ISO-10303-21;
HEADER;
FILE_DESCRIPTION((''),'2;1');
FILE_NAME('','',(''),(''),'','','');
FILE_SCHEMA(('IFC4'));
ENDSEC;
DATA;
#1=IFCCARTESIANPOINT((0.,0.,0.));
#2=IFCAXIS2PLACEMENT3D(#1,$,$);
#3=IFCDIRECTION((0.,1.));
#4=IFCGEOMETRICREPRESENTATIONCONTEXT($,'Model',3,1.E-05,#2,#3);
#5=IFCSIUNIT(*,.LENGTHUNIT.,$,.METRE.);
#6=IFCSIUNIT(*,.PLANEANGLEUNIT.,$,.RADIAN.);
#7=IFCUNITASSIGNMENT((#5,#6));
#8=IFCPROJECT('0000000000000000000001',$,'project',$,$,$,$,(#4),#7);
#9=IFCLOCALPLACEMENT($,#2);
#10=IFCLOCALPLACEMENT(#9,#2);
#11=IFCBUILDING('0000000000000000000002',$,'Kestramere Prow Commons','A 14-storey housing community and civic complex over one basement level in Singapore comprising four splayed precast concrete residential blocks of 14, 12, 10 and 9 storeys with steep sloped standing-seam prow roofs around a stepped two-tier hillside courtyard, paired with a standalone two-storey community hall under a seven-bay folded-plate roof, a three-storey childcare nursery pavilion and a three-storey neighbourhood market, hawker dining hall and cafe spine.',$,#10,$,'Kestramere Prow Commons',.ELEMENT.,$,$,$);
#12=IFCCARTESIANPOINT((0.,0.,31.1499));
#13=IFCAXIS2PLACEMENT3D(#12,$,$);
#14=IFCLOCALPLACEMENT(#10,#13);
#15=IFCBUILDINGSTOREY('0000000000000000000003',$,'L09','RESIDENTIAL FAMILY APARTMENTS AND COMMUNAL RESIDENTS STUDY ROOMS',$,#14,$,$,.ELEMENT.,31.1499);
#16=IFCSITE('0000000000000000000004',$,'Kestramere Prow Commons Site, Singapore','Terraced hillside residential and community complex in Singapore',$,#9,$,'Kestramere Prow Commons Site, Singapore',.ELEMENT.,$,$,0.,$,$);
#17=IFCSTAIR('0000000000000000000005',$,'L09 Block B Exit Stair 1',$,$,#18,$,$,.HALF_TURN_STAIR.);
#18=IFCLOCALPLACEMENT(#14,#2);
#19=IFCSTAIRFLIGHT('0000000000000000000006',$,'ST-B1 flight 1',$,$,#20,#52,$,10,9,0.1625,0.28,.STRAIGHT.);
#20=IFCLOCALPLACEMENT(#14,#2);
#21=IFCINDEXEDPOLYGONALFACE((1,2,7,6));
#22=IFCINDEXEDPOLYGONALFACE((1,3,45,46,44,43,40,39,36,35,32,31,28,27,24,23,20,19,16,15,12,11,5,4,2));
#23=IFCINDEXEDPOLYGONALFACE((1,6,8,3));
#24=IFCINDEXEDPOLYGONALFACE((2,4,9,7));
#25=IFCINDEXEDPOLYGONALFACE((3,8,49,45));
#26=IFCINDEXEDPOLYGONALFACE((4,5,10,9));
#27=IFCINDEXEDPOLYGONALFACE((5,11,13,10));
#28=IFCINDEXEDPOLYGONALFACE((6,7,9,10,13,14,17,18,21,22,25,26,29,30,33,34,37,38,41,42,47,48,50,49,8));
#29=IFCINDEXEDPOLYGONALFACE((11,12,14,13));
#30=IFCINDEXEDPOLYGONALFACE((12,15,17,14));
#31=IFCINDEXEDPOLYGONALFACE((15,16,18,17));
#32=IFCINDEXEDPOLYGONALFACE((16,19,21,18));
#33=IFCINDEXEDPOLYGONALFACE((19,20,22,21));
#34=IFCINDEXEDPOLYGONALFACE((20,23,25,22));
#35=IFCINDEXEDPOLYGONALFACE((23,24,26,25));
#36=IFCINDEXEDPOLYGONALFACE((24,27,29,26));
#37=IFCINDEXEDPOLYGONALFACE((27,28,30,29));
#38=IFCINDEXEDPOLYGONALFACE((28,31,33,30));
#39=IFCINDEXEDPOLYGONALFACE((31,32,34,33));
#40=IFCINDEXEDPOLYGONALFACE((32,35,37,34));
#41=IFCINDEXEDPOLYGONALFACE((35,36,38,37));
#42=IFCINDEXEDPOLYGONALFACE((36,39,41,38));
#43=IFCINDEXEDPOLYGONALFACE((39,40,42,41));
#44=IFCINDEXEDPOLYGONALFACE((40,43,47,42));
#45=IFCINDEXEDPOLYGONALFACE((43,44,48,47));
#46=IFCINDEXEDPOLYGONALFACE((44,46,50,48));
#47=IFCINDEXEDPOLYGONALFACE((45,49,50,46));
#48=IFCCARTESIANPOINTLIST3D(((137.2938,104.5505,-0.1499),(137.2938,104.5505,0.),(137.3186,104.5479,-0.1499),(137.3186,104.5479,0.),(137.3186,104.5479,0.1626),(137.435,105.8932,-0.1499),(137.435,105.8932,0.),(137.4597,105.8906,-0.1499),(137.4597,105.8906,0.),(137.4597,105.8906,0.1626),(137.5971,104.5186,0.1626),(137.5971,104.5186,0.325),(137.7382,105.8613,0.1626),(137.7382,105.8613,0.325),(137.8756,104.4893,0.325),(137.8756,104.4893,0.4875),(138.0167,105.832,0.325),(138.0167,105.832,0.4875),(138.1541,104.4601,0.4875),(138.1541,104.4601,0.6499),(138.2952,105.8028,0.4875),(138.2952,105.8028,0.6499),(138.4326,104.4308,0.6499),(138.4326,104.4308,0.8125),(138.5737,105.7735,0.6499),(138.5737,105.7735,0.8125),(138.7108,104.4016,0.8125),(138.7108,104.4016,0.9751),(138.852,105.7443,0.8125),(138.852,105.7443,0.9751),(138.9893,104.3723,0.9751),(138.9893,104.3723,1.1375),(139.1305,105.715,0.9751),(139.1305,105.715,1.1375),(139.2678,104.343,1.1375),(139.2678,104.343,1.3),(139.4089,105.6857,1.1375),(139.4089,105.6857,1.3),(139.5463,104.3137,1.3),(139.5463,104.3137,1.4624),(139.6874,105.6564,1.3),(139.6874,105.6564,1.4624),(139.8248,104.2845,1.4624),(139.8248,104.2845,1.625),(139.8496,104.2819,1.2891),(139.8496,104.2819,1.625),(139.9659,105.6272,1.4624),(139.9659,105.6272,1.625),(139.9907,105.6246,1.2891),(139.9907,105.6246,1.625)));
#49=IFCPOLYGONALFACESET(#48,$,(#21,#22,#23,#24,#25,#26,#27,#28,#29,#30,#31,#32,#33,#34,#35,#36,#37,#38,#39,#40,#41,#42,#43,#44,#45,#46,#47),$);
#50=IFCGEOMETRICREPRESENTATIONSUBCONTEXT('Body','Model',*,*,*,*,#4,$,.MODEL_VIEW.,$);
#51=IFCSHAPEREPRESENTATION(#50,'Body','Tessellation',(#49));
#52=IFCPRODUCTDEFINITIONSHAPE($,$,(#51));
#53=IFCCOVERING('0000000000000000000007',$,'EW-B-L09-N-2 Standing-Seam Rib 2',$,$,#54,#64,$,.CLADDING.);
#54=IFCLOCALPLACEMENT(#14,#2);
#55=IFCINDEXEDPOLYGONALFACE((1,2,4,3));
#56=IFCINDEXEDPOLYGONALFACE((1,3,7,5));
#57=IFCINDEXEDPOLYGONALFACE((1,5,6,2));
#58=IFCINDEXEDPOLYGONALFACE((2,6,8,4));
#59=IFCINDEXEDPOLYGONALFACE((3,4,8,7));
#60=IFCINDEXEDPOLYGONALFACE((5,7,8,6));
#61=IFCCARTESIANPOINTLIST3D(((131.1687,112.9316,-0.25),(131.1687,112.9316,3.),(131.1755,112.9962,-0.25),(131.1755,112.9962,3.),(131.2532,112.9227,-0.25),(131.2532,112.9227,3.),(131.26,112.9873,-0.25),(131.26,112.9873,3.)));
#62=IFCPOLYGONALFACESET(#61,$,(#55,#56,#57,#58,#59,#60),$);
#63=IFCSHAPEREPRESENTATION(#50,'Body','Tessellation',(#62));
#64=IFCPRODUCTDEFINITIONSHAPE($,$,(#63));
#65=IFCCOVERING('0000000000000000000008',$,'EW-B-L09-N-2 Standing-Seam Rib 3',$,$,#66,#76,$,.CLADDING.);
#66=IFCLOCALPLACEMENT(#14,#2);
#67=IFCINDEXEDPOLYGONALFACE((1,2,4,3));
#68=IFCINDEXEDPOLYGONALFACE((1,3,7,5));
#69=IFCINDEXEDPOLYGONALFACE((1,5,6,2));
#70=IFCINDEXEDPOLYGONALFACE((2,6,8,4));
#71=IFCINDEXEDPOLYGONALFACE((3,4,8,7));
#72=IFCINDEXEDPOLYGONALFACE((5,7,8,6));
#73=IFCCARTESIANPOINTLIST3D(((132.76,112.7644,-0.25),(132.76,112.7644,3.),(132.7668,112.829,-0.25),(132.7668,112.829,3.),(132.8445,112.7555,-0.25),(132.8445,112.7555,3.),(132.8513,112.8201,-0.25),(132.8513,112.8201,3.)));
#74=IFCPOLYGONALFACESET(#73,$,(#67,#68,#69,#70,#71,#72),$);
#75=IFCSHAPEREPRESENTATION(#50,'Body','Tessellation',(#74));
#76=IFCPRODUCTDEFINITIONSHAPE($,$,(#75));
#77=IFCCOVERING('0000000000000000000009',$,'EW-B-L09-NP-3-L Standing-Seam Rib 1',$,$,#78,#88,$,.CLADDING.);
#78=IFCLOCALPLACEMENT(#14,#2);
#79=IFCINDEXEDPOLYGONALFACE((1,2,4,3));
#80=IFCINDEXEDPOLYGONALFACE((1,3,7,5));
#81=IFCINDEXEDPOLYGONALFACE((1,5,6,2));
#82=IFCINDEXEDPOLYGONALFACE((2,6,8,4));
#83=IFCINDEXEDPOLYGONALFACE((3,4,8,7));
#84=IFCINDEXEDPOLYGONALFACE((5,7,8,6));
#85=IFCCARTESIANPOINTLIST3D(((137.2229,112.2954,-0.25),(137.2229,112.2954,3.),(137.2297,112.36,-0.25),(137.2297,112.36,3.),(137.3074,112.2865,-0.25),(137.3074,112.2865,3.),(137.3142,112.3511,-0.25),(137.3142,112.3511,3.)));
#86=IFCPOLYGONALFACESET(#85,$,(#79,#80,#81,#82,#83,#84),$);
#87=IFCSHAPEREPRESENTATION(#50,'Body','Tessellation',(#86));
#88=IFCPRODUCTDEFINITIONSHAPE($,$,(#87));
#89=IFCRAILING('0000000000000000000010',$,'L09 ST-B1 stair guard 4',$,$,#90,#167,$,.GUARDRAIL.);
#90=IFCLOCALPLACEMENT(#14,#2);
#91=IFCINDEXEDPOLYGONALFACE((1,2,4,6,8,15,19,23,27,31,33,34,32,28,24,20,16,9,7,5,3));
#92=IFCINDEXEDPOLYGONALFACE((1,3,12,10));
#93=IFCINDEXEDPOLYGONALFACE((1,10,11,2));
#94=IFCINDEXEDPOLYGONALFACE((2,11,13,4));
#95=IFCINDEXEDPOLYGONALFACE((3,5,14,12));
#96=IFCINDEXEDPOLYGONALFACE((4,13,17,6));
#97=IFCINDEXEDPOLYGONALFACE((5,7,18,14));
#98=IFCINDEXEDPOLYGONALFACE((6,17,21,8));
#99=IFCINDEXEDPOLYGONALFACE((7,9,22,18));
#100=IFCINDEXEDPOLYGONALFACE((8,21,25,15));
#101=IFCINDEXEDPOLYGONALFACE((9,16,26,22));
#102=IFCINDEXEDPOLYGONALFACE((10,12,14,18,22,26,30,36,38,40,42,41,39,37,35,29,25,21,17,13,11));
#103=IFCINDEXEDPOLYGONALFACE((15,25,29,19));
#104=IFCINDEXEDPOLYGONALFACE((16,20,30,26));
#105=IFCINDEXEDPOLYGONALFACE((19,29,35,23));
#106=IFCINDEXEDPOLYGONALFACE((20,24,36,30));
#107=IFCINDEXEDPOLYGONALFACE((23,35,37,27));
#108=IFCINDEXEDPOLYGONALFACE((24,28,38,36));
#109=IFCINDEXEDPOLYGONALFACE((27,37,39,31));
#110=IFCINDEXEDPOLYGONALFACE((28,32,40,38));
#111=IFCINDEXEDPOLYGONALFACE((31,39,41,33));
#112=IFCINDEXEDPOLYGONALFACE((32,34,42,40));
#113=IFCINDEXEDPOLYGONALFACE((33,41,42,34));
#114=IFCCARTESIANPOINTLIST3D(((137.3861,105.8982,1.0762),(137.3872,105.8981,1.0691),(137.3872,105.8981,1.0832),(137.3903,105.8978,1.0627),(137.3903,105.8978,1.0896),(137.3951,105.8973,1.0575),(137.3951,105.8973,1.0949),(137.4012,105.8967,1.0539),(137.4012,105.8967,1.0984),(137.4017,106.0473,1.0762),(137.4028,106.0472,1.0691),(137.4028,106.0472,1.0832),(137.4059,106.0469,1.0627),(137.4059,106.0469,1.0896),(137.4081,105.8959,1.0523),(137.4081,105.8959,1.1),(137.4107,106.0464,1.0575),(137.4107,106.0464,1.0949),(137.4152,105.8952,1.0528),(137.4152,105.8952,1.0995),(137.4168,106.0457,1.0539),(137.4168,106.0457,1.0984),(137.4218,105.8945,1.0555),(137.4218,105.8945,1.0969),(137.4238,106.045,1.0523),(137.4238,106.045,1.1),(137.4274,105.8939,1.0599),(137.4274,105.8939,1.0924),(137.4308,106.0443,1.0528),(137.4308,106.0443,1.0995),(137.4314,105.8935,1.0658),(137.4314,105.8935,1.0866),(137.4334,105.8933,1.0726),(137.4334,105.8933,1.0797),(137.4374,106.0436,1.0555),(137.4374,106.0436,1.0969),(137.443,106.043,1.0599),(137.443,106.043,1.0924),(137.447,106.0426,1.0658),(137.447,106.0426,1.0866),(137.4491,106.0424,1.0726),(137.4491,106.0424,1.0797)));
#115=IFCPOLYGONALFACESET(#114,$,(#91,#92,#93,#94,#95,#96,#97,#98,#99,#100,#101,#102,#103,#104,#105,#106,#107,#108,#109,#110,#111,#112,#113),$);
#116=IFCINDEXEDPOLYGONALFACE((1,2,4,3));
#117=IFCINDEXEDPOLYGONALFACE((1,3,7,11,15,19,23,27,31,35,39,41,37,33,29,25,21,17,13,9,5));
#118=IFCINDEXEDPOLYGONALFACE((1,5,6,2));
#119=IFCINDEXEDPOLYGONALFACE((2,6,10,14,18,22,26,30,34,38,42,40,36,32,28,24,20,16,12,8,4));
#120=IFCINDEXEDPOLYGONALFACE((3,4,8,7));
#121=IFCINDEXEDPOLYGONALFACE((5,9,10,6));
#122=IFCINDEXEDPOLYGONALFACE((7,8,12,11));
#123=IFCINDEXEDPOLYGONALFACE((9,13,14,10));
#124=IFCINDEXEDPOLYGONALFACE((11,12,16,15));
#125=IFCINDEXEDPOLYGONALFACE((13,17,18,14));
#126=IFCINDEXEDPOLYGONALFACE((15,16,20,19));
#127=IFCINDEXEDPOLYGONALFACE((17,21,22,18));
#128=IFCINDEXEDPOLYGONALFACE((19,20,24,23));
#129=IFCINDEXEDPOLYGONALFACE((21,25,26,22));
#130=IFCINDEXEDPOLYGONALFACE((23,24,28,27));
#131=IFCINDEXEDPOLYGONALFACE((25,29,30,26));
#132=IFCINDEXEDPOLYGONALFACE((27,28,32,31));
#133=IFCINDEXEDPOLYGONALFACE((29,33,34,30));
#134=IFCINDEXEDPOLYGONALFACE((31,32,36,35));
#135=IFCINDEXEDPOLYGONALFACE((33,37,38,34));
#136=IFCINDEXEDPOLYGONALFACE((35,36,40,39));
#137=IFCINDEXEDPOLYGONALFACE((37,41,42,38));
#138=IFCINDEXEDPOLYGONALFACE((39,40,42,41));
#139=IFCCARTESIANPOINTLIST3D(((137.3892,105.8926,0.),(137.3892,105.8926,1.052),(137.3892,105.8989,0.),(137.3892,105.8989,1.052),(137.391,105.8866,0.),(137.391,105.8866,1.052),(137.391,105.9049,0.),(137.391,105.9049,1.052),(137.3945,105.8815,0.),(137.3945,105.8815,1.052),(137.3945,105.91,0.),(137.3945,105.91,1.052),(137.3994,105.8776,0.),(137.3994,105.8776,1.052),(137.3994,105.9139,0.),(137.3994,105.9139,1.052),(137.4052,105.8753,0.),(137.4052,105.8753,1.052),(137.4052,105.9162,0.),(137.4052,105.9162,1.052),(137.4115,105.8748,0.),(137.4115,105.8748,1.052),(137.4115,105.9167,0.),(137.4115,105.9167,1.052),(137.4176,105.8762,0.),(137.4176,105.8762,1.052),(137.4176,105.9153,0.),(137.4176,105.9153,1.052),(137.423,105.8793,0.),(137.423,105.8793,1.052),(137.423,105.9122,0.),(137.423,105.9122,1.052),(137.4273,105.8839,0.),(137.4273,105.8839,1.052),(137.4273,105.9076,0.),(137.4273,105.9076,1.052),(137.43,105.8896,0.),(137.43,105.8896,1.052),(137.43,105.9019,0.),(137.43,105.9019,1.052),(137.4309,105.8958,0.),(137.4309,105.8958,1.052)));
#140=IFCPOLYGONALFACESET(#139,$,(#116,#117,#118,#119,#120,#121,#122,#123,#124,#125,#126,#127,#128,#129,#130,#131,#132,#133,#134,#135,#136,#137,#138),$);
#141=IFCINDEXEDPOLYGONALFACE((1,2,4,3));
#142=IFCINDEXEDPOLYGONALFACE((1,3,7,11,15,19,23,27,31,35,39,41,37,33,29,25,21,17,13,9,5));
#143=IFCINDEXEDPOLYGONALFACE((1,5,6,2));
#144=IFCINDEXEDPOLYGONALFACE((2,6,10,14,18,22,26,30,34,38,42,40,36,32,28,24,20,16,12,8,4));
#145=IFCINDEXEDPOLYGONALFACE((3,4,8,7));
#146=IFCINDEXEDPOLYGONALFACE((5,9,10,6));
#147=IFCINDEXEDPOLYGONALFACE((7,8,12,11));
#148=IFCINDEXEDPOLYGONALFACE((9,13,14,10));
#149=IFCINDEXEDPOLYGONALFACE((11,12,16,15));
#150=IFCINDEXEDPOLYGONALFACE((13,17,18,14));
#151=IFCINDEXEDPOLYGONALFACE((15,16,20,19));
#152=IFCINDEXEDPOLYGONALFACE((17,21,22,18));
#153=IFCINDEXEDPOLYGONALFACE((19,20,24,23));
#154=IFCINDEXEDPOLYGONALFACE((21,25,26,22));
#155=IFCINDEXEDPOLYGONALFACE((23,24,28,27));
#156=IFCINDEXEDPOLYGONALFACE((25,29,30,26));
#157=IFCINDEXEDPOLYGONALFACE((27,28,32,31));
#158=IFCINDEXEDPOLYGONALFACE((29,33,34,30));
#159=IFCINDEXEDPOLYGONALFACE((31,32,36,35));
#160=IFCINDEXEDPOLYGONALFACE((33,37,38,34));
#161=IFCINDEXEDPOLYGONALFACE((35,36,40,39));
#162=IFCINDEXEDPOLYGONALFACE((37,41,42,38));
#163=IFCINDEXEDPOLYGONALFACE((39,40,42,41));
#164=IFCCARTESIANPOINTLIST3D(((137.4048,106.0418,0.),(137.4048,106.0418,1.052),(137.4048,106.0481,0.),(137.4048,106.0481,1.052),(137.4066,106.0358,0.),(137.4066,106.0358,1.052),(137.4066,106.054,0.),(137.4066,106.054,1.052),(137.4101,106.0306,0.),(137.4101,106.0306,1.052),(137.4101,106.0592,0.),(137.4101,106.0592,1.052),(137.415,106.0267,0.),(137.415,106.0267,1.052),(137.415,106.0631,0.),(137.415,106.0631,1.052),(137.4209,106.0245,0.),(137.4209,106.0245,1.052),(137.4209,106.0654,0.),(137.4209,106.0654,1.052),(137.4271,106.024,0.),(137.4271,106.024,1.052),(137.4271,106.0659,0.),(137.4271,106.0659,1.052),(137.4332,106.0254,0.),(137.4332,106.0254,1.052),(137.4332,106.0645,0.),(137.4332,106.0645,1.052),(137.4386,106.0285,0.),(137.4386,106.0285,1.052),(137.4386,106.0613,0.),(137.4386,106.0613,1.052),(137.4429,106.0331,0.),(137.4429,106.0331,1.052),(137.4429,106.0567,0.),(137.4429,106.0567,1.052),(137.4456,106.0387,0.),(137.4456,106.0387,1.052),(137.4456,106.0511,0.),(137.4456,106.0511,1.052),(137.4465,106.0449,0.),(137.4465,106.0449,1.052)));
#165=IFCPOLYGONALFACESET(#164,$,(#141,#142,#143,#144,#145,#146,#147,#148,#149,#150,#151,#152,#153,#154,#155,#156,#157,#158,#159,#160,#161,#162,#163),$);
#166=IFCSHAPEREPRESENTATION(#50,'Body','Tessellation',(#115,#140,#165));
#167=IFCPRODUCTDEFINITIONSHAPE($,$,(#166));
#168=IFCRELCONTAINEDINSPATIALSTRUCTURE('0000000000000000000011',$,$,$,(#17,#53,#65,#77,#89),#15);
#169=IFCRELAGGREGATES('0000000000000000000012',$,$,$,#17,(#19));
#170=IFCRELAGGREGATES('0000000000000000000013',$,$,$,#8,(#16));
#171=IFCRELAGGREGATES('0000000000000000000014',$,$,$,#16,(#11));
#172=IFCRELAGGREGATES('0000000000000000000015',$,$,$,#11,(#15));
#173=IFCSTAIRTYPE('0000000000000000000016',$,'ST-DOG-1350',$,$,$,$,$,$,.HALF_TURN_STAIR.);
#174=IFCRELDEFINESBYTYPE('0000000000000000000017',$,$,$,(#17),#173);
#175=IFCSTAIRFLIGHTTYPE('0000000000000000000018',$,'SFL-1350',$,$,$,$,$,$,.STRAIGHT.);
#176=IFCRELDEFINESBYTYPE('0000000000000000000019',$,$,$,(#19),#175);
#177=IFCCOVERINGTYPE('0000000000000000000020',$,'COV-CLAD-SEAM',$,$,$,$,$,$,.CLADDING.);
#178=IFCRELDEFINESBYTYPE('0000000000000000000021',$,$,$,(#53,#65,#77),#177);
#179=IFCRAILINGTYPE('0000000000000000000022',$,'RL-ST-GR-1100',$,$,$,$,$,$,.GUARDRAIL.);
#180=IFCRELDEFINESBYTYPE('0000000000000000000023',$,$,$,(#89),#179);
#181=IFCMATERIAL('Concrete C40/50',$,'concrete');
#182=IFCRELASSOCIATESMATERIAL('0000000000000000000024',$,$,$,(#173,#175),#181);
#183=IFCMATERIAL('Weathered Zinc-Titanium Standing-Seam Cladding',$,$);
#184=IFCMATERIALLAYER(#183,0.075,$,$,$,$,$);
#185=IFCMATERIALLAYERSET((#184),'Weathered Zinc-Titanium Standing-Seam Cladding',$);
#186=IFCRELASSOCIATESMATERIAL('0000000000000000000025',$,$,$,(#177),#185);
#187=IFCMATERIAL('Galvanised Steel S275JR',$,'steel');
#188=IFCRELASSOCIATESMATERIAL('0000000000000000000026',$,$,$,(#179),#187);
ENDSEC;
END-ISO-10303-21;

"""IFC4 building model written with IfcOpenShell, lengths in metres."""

from ifc_helpers import new_model, si_unit, direction, frame, origin, origin_2d, place, context, subcontext, project, spatial, polyline, rectangle, circle, outline, extrude, material, layer, layer_set, type_object, element, aggregate, save


model = new_model("IFC4")

# Units and contexts
model_context = context("Model", 3, precision=1e-05, world=origin(), true_north=direction((0.0, 1.0)))
body_context = subcontext(model_context, "Body", "Model", "MODEL_VIEW")
ifc_project = project(units=[si_unit("LENGTHUNIT", "METRE"), si_unit("PLANEANGLEUNIT", "RADIAN")], contexts=[model_context])

# Site, building, storey
site_placement = place(None, origin())
site = spatial("IfcSite", under=ifc_project, at=site_placement, Name="Kestramere Prow Commons Site, Singapore", Description="Terraced hillside residential and community complex in Singapore", LongName="Kestramere Prow Commons Site, Singapore", CompositionType="ELEMENT", RefElevation=0.0)
building_placement = place(site_placement, origin())
building = spatial("IfcBuilding", under=site, at=building_placement, Name="Kestramere Prow Commons", Description="A 14-storey housing community and civic complex over one basement level in Singapore comprising four splayed precast concrete residential blocks of 14, 12, 10 and 9 storeys with steep sloped standing-seam prow roofs around a stepped two-tier hillside courtyard, paired with a standalone two-storey community hall under a seven-bay folded-plate roof, a three-storey childcare nursery pavilion and a three-storey neighbourhood market, hawker dining hall and cafe spine.", LongName="Kestramere Prow Commons", CompositionType="ELEMENT")
storey_placement = place(building_placement, frame((0.0, 0.0, 31.1499)))
storey = spatial("IfcBuildingStorey", under=building, at=storey_placement, Name="L09", Description="RESIDENTIAL FAMILY APARTMENTS AND COMMUNAL RESIDENTS STUDY ROOMS", CompositionType="ELEMENT", Elevation=31.1499)

# Shared definitions
ifc_material_1 = material(Name="Concrete C40/50", Category="concrete")

# Stair, stair flight
stair_type = type_object("IfcStairType", Name="ST-DOG-1350", PredefinedType="HALF_TURN_STAIR", material=ifc_material_1)
stair_placement = place(storey_placement, origin())
stair = element("IfcStair", 1, at=stair_placement, inside=storey, type_object=stair_type, Name="L09 Block B Exit Stair 1", PredefinedType="HALF_TURN_STAIR")
stair_flight_type = type_object("IfcStairFlightType", Name="SFL-1350", PredefinedType="STRAIGHT", material=ifc_material_1)
stair_flight_placement = place(storey_placement, frame((137.3892, 105.2192, 0.0), z_axis=(0.0, 0.0, 1.0), x_axis=(0.994522, -0.104528, 0.0)))
stair_flight = element("IfcStairFlight", 2, at=stair_flight_placement, type_object=stair_flight_type, Name="ST-B1 flight 1", NumberOfRisers=10, NumberOfTreads=9, PredefinedType="STRAIGHT", RiserHeight=0.1625, TreadLength=0.28, context=body_context, shape_type="SweptSolid", body=[
    extrude(outline(polyline([(-0.0249, 0.0), (0.0, 0.0), (0.0, 0.1626), (0.28, 0.1626), (0.28, 0.325), (0.5601, 0.325), (0.5601, 0.4875), (0.8401, 0.4875), (0.8401, 0.6499), (1.1201, 0.6499), (1.1201, 0.8125), (1.3999, 0.8125), (1.3999, 0.9751), (1.6799, 0.9751), (1.6799, 1.1375), (1.96, 1.1375), (1.96, 1.3), (2.24, 1.3), (2.24, 1.4624), (2.52, 1.4624), (2.52, 1.625), (2.5449, 1.625), (2.5449, 1.2891), (0.0, -0.1499), (-0.0249, -0.1499), (-0.0249, 0.0)])), frame((0.0, 0.675, 0.0), z_axis=(0.0, -1.0, 0.0), x_axis=(1.0, 0.0, 0.0)), (0.0, 0.0, 1.0), 1.3501),
])
aggregate(stair, [stair_flight])

# Coverings
ifc_material_2 = material(Name="Weathered Zinc-Titanium Standing-Seam Cladding")
ifc_layer_1 = layer(ifc_material_2, 0.075)
ifc_layer_set_1 = layer_set([ifc_layer_1], Name="Weathered Zinc-Titanium Standing-Seam Cladding")
covering_type = type_object("IfcCoveringType", Name="COV-CLAD-SEAM", PredefinedType="CLADDING", material=ifc_layer_set_1)
for number, where, z_axis, x_axis, name in (
    (3, (131.2144, 112.9595, -0.25), (0.0, 0.0, 1.0), (0.994522, -0.104528, 0.0), "EW-B-L09-N-2 Standing-Seam Rib 2"),
    (4, (132.8057, 112.7922, -0.25), (0.0, 0.0, 1.0), (0.994522, -0.104528, 0.0), "EW-B-L09-N-2 Standing-Seam Rib 3"),
    (5, (137.2686, 112.3232, -0.25), (0.0, 0.0, 1.0), (0.994522, -0.104528, 0.0), "EW-B-L09-NP-3-L Standing-Seam Rib 1"),
):
    element("IfcCovering", number, at=place(storey_placement, frame(where, z_axis=z_axis, x_axis=x_axis)), inside=storey, type_object=covering_type, Name=name, PredefinedType="CLADDING", context=body_context, shape_type="SweptSolid", body=[
        extrude(rectangle(XDim=0.085, YDim=0.0649, at=origin_2d()), origin(), (0.0, 0.0, 1.0), 3.25),
    ])

# Railing
ifc_material_3 = material(Name="Galvanised Steel S275JR", Category="steel")
railing_type_1 = type_object("IfcRailingType", Name="RL-ST-GR-1100", PredefinedType="GUARDRAIL", material=ifc_material_3)
railing_1_placement = place(storey_placement, frame((137.4099, 105.8958, 0.0)))
element("IfcRailing", 6, at=railing_1_placement, inside=storey, type_object=railing_type_1, Name="L09 ST-B1 stair guard 4", PredefinedType="GUARDRAIL", context=body_context, shape_type="SweptSolid", body=[
    extrude(circle(Radius=0.0239, at=origin_2d()), frame((0.0, 0.0, 1.0762), z_axis=(0.104176, 0.994559, 0.0), x_axis=(-0.994559, 0.104176, 0.0)), (0.0, 0.0, 1.0), 0.1499),
    extrude(circle(Radius=0.021, at=origin_2d()), origin(), (0.0, 0.0, 1.0), 1.052),
    extrude(circle(Radius=0.021, at=origin_2d()), frame((0.0156, 0.1492, 0.0)), (0.0, 0.0, 1.0), 1.052),
])

save(model, "model.ifc")
